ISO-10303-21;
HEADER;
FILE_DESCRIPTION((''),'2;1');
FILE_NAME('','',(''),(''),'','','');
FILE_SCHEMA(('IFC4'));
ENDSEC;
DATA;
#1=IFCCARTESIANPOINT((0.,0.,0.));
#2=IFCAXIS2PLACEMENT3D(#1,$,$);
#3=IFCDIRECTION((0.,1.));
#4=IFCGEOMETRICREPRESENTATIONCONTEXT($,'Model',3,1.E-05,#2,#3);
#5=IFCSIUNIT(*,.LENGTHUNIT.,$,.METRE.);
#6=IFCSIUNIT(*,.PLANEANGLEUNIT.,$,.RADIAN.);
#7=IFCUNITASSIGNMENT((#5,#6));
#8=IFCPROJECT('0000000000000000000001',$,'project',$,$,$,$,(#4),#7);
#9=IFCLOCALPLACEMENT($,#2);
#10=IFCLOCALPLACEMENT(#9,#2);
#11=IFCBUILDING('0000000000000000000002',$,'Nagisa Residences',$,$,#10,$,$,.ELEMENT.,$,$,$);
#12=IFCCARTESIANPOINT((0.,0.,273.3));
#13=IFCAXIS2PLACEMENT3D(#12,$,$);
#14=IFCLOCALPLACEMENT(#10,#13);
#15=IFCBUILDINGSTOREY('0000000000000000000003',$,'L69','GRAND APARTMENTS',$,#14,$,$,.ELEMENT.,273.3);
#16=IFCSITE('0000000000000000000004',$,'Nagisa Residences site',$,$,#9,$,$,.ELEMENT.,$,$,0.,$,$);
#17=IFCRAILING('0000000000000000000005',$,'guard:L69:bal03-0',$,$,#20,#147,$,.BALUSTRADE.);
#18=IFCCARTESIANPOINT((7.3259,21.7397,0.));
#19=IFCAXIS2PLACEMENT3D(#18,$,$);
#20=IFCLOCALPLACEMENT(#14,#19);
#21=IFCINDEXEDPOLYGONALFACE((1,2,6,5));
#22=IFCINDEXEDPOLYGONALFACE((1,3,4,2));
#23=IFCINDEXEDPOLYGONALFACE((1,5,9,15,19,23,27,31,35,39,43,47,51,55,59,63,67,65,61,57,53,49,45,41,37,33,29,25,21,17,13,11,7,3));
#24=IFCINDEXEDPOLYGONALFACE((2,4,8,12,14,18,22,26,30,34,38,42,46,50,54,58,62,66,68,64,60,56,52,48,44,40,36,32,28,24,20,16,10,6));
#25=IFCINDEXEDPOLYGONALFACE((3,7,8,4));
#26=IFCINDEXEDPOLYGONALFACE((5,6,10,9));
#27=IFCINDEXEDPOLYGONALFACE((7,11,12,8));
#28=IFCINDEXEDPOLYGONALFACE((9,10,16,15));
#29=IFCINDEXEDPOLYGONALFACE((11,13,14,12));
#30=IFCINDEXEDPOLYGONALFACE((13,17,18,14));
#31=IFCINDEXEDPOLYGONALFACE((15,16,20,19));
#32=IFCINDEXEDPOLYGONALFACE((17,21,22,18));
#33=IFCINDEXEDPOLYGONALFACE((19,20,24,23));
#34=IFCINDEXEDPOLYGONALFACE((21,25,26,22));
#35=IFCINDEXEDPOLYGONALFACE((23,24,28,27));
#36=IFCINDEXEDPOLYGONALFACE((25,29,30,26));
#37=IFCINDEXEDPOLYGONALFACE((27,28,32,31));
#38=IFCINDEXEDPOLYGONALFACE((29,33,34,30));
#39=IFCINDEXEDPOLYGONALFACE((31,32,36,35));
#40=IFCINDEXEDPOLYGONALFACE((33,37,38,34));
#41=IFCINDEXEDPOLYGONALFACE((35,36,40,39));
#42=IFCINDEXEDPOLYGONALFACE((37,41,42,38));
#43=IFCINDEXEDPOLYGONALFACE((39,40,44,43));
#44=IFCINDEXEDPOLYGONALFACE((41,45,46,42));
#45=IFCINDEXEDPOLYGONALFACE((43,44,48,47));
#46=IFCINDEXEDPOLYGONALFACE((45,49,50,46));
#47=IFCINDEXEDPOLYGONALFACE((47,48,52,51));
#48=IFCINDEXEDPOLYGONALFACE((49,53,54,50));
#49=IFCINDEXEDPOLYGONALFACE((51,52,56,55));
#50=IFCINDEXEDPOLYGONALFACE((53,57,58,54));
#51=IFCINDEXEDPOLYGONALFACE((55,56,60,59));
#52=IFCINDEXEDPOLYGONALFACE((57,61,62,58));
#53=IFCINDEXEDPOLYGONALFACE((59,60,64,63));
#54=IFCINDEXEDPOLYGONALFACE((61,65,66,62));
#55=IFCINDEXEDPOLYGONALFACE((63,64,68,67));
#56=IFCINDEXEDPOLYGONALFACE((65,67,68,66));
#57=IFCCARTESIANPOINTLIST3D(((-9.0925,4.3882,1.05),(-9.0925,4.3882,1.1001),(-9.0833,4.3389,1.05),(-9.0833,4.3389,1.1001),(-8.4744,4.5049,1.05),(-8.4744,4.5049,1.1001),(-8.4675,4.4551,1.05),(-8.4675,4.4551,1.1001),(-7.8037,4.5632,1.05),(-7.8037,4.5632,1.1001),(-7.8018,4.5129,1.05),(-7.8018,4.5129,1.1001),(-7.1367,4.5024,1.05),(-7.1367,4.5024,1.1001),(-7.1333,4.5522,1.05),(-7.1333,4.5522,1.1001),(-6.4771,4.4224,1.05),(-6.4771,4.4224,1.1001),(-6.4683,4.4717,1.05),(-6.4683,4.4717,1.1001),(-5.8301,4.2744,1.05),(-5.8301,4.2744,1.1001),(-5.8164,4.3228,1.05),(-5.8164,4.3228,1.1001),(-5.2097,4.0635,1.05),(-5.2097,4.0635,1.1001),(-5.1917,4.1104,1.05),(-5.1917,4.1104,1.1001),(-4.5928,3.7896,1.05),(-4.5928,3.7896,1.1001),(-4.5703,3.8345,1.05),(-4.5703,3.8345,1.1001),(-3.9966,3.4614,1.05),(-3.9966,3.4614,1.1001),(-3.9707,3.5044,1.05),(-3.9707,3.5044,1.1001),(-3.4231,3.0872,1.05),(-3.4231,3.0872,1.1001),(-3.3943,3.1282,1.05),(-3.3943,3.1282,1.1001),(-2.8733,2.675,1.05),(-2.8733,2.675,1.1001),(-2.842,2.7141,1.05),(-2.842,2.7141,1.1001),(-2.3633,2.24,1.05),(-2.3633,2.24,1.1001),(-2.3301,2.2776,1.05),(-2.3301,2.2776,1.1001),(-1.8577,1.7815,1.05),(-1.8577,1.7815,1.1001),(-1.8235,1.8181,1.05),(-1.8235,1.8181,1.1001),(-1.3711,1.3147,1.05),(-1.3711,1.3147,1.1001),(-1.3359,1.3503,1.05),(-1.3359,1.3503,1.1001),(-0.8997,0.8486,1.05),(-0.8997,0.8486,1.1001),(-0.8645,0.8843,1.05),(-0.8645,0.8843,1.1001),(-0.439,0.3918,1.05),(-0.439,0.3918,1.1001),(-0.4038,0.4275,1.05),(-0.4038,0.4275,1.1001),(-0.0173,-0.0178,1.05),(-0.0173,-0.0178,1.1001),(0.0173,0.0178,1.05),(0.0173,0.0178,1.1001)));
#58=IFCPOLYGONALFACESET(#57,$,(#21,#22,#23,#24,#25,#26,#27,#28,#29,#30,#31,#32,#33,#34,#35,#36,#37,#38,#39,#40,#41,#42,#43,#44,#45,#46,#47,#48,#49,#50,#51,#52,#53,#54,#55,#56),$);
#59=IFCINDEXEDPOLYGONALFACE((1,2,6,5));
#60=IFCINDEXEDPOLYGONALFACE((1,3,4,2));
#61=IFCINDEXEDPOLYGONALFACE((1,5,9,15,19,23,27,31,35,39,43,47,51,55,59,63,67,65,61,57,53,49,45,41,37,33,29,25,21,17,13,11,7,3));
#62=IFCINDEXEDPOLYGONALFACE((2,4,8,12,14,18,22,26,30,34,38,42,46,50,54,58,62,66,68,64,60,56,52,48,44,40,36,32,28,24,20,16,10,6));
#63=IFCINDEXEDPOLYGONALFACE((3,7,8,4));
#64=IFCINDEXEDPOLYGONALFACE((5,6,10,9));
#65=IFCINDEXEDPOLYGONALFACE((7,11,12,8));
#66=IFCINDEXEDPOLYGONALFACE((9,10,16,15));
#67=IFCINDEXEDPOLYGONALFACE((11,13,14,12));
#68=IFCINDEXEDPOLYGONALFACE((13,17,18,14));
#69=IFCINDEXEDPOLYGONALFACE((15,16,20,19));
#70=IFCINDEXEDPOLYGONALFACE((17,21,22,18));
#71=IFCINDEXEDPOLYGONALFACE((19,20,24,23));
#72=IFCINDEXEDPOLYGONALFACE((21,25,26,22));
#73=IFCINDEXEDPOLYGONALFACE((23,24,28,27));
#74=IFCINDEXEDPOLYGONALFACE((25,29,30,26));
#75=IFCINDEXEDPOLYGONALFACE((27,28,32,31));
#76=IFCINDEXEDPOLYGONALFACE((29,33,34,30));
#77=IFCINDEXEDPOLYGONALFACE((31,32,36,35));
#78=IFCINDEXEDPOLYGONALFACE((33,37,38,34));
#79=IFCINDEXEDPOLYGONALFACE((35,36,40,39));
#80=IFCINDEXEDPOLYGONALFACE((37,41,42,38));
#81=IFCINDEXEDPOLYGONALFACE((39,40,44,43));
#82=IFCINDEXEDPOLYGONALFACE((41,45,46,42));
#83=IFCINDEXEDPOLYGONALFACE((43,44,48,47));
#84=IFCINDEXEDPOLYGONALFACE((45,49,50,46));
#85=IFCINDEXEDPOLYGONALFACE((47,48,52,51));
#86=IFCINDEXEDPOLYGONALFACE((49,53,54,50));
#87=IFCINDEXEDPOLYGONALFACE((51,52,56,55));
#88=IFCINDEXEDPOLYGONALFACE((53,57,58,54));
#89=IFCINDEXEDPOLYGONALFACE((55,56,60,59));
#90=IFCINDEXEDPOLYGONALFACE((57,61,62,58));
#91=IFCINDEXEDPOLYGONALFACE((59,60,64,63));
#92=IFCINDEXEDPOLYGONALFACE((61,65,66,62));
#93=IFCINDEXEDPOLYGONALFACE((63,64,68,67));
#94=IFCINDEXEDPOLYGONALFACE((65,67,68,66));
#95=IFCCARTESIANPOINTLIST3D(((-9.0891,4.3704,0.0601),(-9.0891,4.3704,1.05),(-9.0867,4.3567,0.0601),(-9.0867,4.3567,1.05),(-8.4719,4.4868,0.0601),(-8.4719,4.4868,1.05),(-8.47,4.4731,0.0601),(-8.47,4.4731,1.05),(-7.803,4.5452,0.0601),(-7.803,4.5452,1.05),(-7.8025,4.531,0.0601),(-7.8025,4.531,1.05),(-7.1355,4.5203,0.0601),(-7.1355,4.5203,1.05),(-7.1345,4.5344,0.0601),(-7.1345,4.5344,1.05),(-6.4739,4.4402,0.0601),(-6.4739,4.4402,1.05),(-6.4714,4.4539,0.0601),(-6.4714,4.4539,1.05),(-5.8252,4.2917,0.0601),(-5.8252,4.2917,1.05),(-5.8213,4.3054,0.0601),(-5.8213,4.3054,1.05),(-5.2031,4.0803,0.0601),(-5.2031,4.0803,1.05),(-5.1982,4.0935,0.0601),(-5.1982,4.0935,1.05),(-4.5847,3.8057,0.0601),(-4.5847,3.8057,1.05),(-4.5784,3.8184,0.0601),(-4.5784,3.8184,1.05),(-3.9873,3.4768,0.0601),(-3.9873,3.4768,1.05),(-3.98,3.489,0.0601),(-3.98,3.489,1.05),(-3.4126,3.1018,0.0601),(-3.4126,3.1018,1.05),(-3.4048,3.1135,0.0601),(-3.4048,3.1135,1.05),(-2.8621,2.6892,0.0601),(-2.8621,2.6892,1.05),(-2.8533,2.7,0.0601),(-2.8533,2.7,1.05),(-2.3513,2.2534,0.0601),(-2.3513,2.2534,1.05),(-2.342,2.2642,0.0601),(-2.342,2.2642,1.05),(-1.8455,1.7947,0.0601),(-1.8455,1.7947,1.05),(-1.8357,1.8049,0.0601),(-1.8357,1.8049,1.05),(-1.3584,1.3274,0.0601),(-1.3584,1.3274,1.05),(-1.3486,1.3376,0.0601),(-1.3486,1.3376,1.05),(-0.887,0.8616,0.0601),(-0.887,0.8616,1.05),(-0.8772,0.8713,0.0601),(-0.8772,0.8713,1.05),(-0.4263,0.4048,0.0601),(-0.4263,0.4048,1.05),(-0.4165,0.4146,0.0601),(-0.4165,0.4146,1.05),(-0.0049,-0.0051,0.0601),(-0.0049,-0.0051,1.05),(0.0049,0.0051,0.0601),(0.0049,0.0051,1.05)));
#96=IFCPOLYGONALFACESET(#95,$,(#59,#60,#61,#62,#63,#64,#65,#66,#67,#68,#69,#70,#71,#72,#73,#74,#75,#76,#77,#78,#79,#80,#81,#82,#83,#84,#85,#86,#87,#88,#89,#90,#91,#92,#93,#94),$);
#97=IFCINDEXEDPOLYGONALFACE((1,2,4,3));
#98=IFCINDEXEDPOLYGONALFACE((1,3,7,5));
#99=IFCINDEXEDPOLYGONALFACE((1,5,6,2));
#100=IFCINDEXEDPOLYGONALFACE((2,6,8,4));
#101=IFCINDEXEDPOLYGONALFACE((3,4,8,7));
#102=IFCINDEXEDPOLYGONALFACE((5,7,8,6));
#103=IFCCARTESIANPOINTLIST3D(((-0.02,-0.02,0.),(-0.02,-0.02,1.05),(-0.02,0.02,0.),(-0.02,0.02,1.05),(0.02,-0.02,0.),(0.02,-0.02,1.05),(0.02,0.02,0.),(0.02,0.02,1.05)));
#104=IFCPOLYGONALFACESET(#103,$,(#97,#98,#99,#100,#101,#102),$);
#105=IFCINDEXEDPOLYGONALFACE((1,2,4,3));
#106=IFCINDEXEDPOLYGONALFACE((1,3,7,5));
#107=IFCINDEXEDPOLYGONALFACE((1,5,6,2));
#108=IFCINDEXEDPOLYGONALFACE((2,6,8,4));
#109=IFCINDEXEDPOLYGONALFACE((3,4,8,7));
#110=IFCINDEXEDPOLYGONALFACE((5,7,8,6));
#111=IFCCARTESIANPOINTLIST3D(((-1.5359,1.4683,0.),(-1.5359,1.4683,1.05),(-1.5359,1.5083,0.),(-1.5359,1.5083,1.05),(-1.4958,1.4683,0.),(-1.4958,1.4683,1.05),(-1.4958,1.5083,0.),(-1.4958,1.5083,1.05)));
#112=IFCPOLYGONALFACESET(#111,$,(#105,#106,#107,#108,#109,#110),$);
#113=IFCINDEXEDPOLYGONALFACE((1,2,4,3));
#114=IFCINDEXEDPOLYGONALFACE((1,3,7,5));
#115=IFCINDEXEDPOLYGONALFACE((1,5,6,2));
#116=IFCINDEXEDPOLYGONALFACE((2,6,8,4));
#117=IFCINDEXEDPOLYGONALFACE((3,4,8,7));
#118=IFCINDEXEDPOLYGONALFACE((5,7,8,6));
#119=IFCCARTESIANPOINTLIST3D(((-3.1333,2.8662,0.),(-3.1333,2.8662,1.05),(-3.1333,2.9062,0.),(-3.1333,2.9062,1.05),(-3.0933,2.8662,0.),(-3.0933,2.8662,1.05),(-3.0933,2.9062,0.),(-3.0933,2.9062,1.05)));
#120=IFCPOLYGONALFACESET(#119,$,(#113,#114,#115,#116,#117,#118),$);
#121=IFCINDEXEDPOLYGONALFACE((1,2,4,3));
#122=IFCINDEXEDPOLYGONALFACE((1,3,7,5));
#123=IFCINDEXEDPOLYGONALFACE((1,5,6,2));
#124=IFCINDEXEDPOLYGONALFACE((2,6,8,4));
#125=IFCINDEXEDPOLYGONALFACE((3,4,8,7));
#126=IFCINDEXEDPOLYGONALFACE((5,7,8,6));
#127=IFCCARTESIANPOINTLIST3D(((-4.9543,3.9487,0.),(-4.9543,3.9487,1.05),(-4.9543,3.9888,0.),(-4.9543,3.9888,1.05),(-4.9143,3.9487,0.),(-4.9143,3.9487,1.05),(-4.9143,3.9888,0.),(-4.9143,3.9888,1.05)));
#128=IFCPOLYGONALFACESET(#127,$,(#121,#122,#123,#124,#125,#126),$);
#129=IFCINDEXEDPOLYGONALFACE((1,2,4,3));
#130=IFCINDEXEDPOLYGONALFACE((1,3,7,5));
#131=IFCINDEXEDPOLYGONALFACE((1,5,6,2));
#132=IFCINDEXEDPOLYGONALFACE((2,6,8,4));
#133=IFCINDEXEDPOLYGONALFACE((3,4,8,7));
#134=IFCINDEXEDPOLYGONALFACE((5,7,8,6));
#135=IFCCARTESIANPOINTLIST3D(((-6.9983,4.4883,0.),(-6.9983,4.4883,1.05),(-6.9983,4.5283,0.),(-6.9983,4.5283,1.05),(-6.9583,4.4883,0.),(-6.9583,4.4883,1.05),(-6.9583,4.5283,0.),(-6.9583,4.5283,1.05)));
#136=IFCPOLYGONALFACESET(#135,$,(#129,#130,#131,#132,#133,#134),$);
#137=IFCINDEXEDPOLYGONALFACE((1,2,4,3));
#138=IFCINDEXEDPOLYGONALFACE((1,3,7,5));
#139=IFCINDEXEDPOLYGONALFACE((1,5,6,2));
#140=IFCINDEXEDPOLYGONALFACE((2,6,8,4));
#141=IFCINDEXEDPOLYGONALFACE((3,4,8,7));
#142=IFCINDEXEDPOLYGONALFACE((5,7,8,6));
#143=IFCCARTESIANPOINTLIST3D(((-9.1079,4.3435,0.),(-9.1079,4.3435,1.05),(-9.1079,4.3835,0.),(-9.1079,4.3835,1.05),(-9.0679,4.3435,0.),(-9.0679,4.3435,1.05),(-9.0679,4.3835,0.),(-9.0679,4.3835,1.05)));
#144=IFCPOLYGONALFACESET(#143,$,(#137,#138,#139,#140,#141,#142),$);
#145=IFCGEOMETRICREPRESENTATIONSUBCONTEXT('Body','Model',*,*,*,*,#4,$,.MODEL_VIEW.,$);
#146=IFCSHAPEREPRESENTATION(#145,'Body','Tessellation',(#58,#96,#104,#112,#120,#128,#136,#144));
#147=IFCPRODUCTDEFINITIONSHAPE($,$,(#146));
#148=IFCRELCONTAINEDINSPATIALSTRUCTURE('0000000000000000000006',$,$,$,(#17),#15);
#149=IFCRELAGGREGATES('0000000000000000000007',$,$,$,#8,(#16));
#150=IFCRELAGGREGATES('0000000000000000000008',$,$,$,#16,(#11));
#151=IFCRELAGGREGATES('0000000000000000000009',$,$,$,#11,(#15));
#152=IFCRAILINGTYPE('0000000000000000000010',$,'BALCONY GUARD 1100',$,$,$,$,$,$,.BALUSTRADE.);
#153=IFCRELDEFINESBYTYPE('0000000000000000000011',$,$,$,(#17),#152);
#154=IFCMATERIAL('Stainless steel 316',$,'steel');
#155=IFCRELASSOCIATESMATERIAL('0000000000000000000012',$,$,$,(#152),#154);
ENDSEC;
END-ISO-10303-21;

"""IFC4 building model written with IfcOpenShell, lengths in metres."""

from ifc_helpers import new_model, si_unit, direction, frame, origin, origin_2d, place, context, subcontext, project, spatial, polyline, rectangle, outline, extrude, material, type_object, element, save


model = new_model("IFC4")

# Units and contexts
model_context = context("Model", 3, precision=1e-05, world=origin(), true_north=direction((0.0, 1.0)))
body_context = subcontext(model_context, "Body", "Model", "MODEL_VIEW")
ifc_project = project(units=[si_unit("LENGTHUNIT", "METRE"), si_unit("PLANEANGLEUNIT", "RADIAN")], contexts=[model_context])

# Site, building, storey
site_placement = place(None, origin())
site = spatial("IfcSite", under=ifc_project, at=site_placement, Name="Nagisa Residences site", CompositionType="ELEMENT", RefElevation=0.0)
building_placement = place(site_placement, origin())
building = spatial("IfcBuilding", under=site, at=building_placement, Name="Nagisa Residences", CompositionType="ELEMENT")
storey_placement = place(building_placement, frame((0.0, 0.0, 273.3)))
storey = spatial("IfcBuildingStorey", under=building, at=storey_placement, Name="L69", Description="GRAND APARTMENTS", CompositionType="ELEMENT", Elevation=273.3)

# Railing
ifc_material_1 = material(Name="Stainless steel 316", Category="steel")
railing_type_1 = type_object("IfcRailingType", Name="BALCONY GUARD 1100", PredefinedType="BALUSTRADE", material=ifc_material_1)
railing_1_placement = place(storey_placement, frame((7.3259, 21.7397, 0.0)))
element("IfcRailing", 1, at=railing_1_placement, inside=storey, type_object=railing_type_1, Name="guard:L69:bal03-0", PredefinedType="BALUSTRADE", context=body_context, shape_type="SweptSolid", body=[
    extrude(outline(polyline([(-0.439, 0.3918), (-0.0173, -0.0178), (0.0173, 0.0178), (-0.4038, 0.4275), (-0.8645, 0.8843), (-1.3359, 1.3503), (-1.8235, 1.8181), (-2.3301, 2.2776), (-2.842, 2.7141), (-3.3943, 3.1282), (-3.9707, 3.5044), (-4.5703, 3.8345), (-5.1917, 4.1104), (-5.8164, 4.3228), (-6.4683, 4.4717), (-7.1333, 4.5522), (-7.8037, 4.5632), (-8.4744, 4.5049), (-9.0925, 4.3882), (-9.0833, 4.3389), (-8.4675, 4.4551), (-7.8018, 4.5129), (-7.1367, 4.5024), (-6.4771, 4.4224), (-5.8301, 4.2744), (-5.2097, 4.0635), (-4.5928, 3.7896), (-3.9966, 3.4614), (-3.4231, 3.0872), (-2.8733, 2.675), (-2.3633, 2.24), (-1.8577, 1.7815), (-1.3711, 1.3147), (-0.8997, 0.8486), (-0.439, 0.3918)])), frame((0.0, 0.0, 1.05)), (0.0, 0.0, 1.0), 0.05),
    extrude(outline(polyline([(-0.4263, 0.4048), (-0.0049, -0.0051), (0.0049, 0.0051), (-0.4165, 0.4146), (-0.8772, 0.8713), (-1.3486, 1.3376), (-1.8357, 1.8049), (-2.342, 2.2642), (-2.8533, 2.7), (-3.4048, 3.1135), (-3.98, 3.489), (-4.5784, 3.8184), (-5.1982, 4.0935), (-5.8213, 4.3054), (-6.4714, 4.4539), (-7.1345, 4.5344), (-7.803, 4.5452), (-8.4719, 4.4868), (-9.0891, 4.3704), (-9.0867, 4.3567), (-8.47, 4.4731), (-7.8025, 4.531), (-7.1355, 4.5203), (-6.4739, 4.4402), (-5.8252, 4.2917), (-5.2031, 4.0803), (-4.5847, 3.8057), (-3.9873, 3.4768), (-3.4126, 3.1018), (-2.8621, 2.6892), (-2.3513, 2.2534), (-1.8455, 1.7947), (-1.3584, 1.3274), (-0.887, 0.8616), (-0.4263, 0.4048)])), frame((0.0, 0.0, 0.0601)), (0.0, 0.0, 1.0), 0.99),
    extrude(rectangle(XDim=0.04, YDim=0.04, at=origin_2d()), origin(), (0.0, 0.0, 1.0), 1.05),
    extrude(rectangle(XDim=0.04, YDim=0.04, at=origin_2d()), frame((-1.5159, 1.4883, 0.0)), (0.0, 0.0, 1.0), 1.05),
    extrude(rectangle(XDim=0.04, YDim=0.04, at=origin_2d()), frame((-3.1133, 2.8862, 0.0)), (0.0, 0.0, 1.0), 1.05),
    extrude(rectangle(XDim=0.04, YDim=0.04, at=origin_2d()), frame((-4.9343, 3.9688, 0.0)), (0.0, 0.0, 1.0), 1.05),
    extrude(rectangle(XDim=0.04, YDim=0.04, at=origin_2d()), frame((-6.9783, 4.5083, 0.0)), (0.0, 0.0, 1.0), 1.05),
    extrude(rectangle(XDim=0.04, YDim=0.04, at=origin_2d()), frame((-9.0879, 4.3635, 0.0)), (0.0, 0.0, 1.0), 1.05),
])

save(model, "model.ifc")
